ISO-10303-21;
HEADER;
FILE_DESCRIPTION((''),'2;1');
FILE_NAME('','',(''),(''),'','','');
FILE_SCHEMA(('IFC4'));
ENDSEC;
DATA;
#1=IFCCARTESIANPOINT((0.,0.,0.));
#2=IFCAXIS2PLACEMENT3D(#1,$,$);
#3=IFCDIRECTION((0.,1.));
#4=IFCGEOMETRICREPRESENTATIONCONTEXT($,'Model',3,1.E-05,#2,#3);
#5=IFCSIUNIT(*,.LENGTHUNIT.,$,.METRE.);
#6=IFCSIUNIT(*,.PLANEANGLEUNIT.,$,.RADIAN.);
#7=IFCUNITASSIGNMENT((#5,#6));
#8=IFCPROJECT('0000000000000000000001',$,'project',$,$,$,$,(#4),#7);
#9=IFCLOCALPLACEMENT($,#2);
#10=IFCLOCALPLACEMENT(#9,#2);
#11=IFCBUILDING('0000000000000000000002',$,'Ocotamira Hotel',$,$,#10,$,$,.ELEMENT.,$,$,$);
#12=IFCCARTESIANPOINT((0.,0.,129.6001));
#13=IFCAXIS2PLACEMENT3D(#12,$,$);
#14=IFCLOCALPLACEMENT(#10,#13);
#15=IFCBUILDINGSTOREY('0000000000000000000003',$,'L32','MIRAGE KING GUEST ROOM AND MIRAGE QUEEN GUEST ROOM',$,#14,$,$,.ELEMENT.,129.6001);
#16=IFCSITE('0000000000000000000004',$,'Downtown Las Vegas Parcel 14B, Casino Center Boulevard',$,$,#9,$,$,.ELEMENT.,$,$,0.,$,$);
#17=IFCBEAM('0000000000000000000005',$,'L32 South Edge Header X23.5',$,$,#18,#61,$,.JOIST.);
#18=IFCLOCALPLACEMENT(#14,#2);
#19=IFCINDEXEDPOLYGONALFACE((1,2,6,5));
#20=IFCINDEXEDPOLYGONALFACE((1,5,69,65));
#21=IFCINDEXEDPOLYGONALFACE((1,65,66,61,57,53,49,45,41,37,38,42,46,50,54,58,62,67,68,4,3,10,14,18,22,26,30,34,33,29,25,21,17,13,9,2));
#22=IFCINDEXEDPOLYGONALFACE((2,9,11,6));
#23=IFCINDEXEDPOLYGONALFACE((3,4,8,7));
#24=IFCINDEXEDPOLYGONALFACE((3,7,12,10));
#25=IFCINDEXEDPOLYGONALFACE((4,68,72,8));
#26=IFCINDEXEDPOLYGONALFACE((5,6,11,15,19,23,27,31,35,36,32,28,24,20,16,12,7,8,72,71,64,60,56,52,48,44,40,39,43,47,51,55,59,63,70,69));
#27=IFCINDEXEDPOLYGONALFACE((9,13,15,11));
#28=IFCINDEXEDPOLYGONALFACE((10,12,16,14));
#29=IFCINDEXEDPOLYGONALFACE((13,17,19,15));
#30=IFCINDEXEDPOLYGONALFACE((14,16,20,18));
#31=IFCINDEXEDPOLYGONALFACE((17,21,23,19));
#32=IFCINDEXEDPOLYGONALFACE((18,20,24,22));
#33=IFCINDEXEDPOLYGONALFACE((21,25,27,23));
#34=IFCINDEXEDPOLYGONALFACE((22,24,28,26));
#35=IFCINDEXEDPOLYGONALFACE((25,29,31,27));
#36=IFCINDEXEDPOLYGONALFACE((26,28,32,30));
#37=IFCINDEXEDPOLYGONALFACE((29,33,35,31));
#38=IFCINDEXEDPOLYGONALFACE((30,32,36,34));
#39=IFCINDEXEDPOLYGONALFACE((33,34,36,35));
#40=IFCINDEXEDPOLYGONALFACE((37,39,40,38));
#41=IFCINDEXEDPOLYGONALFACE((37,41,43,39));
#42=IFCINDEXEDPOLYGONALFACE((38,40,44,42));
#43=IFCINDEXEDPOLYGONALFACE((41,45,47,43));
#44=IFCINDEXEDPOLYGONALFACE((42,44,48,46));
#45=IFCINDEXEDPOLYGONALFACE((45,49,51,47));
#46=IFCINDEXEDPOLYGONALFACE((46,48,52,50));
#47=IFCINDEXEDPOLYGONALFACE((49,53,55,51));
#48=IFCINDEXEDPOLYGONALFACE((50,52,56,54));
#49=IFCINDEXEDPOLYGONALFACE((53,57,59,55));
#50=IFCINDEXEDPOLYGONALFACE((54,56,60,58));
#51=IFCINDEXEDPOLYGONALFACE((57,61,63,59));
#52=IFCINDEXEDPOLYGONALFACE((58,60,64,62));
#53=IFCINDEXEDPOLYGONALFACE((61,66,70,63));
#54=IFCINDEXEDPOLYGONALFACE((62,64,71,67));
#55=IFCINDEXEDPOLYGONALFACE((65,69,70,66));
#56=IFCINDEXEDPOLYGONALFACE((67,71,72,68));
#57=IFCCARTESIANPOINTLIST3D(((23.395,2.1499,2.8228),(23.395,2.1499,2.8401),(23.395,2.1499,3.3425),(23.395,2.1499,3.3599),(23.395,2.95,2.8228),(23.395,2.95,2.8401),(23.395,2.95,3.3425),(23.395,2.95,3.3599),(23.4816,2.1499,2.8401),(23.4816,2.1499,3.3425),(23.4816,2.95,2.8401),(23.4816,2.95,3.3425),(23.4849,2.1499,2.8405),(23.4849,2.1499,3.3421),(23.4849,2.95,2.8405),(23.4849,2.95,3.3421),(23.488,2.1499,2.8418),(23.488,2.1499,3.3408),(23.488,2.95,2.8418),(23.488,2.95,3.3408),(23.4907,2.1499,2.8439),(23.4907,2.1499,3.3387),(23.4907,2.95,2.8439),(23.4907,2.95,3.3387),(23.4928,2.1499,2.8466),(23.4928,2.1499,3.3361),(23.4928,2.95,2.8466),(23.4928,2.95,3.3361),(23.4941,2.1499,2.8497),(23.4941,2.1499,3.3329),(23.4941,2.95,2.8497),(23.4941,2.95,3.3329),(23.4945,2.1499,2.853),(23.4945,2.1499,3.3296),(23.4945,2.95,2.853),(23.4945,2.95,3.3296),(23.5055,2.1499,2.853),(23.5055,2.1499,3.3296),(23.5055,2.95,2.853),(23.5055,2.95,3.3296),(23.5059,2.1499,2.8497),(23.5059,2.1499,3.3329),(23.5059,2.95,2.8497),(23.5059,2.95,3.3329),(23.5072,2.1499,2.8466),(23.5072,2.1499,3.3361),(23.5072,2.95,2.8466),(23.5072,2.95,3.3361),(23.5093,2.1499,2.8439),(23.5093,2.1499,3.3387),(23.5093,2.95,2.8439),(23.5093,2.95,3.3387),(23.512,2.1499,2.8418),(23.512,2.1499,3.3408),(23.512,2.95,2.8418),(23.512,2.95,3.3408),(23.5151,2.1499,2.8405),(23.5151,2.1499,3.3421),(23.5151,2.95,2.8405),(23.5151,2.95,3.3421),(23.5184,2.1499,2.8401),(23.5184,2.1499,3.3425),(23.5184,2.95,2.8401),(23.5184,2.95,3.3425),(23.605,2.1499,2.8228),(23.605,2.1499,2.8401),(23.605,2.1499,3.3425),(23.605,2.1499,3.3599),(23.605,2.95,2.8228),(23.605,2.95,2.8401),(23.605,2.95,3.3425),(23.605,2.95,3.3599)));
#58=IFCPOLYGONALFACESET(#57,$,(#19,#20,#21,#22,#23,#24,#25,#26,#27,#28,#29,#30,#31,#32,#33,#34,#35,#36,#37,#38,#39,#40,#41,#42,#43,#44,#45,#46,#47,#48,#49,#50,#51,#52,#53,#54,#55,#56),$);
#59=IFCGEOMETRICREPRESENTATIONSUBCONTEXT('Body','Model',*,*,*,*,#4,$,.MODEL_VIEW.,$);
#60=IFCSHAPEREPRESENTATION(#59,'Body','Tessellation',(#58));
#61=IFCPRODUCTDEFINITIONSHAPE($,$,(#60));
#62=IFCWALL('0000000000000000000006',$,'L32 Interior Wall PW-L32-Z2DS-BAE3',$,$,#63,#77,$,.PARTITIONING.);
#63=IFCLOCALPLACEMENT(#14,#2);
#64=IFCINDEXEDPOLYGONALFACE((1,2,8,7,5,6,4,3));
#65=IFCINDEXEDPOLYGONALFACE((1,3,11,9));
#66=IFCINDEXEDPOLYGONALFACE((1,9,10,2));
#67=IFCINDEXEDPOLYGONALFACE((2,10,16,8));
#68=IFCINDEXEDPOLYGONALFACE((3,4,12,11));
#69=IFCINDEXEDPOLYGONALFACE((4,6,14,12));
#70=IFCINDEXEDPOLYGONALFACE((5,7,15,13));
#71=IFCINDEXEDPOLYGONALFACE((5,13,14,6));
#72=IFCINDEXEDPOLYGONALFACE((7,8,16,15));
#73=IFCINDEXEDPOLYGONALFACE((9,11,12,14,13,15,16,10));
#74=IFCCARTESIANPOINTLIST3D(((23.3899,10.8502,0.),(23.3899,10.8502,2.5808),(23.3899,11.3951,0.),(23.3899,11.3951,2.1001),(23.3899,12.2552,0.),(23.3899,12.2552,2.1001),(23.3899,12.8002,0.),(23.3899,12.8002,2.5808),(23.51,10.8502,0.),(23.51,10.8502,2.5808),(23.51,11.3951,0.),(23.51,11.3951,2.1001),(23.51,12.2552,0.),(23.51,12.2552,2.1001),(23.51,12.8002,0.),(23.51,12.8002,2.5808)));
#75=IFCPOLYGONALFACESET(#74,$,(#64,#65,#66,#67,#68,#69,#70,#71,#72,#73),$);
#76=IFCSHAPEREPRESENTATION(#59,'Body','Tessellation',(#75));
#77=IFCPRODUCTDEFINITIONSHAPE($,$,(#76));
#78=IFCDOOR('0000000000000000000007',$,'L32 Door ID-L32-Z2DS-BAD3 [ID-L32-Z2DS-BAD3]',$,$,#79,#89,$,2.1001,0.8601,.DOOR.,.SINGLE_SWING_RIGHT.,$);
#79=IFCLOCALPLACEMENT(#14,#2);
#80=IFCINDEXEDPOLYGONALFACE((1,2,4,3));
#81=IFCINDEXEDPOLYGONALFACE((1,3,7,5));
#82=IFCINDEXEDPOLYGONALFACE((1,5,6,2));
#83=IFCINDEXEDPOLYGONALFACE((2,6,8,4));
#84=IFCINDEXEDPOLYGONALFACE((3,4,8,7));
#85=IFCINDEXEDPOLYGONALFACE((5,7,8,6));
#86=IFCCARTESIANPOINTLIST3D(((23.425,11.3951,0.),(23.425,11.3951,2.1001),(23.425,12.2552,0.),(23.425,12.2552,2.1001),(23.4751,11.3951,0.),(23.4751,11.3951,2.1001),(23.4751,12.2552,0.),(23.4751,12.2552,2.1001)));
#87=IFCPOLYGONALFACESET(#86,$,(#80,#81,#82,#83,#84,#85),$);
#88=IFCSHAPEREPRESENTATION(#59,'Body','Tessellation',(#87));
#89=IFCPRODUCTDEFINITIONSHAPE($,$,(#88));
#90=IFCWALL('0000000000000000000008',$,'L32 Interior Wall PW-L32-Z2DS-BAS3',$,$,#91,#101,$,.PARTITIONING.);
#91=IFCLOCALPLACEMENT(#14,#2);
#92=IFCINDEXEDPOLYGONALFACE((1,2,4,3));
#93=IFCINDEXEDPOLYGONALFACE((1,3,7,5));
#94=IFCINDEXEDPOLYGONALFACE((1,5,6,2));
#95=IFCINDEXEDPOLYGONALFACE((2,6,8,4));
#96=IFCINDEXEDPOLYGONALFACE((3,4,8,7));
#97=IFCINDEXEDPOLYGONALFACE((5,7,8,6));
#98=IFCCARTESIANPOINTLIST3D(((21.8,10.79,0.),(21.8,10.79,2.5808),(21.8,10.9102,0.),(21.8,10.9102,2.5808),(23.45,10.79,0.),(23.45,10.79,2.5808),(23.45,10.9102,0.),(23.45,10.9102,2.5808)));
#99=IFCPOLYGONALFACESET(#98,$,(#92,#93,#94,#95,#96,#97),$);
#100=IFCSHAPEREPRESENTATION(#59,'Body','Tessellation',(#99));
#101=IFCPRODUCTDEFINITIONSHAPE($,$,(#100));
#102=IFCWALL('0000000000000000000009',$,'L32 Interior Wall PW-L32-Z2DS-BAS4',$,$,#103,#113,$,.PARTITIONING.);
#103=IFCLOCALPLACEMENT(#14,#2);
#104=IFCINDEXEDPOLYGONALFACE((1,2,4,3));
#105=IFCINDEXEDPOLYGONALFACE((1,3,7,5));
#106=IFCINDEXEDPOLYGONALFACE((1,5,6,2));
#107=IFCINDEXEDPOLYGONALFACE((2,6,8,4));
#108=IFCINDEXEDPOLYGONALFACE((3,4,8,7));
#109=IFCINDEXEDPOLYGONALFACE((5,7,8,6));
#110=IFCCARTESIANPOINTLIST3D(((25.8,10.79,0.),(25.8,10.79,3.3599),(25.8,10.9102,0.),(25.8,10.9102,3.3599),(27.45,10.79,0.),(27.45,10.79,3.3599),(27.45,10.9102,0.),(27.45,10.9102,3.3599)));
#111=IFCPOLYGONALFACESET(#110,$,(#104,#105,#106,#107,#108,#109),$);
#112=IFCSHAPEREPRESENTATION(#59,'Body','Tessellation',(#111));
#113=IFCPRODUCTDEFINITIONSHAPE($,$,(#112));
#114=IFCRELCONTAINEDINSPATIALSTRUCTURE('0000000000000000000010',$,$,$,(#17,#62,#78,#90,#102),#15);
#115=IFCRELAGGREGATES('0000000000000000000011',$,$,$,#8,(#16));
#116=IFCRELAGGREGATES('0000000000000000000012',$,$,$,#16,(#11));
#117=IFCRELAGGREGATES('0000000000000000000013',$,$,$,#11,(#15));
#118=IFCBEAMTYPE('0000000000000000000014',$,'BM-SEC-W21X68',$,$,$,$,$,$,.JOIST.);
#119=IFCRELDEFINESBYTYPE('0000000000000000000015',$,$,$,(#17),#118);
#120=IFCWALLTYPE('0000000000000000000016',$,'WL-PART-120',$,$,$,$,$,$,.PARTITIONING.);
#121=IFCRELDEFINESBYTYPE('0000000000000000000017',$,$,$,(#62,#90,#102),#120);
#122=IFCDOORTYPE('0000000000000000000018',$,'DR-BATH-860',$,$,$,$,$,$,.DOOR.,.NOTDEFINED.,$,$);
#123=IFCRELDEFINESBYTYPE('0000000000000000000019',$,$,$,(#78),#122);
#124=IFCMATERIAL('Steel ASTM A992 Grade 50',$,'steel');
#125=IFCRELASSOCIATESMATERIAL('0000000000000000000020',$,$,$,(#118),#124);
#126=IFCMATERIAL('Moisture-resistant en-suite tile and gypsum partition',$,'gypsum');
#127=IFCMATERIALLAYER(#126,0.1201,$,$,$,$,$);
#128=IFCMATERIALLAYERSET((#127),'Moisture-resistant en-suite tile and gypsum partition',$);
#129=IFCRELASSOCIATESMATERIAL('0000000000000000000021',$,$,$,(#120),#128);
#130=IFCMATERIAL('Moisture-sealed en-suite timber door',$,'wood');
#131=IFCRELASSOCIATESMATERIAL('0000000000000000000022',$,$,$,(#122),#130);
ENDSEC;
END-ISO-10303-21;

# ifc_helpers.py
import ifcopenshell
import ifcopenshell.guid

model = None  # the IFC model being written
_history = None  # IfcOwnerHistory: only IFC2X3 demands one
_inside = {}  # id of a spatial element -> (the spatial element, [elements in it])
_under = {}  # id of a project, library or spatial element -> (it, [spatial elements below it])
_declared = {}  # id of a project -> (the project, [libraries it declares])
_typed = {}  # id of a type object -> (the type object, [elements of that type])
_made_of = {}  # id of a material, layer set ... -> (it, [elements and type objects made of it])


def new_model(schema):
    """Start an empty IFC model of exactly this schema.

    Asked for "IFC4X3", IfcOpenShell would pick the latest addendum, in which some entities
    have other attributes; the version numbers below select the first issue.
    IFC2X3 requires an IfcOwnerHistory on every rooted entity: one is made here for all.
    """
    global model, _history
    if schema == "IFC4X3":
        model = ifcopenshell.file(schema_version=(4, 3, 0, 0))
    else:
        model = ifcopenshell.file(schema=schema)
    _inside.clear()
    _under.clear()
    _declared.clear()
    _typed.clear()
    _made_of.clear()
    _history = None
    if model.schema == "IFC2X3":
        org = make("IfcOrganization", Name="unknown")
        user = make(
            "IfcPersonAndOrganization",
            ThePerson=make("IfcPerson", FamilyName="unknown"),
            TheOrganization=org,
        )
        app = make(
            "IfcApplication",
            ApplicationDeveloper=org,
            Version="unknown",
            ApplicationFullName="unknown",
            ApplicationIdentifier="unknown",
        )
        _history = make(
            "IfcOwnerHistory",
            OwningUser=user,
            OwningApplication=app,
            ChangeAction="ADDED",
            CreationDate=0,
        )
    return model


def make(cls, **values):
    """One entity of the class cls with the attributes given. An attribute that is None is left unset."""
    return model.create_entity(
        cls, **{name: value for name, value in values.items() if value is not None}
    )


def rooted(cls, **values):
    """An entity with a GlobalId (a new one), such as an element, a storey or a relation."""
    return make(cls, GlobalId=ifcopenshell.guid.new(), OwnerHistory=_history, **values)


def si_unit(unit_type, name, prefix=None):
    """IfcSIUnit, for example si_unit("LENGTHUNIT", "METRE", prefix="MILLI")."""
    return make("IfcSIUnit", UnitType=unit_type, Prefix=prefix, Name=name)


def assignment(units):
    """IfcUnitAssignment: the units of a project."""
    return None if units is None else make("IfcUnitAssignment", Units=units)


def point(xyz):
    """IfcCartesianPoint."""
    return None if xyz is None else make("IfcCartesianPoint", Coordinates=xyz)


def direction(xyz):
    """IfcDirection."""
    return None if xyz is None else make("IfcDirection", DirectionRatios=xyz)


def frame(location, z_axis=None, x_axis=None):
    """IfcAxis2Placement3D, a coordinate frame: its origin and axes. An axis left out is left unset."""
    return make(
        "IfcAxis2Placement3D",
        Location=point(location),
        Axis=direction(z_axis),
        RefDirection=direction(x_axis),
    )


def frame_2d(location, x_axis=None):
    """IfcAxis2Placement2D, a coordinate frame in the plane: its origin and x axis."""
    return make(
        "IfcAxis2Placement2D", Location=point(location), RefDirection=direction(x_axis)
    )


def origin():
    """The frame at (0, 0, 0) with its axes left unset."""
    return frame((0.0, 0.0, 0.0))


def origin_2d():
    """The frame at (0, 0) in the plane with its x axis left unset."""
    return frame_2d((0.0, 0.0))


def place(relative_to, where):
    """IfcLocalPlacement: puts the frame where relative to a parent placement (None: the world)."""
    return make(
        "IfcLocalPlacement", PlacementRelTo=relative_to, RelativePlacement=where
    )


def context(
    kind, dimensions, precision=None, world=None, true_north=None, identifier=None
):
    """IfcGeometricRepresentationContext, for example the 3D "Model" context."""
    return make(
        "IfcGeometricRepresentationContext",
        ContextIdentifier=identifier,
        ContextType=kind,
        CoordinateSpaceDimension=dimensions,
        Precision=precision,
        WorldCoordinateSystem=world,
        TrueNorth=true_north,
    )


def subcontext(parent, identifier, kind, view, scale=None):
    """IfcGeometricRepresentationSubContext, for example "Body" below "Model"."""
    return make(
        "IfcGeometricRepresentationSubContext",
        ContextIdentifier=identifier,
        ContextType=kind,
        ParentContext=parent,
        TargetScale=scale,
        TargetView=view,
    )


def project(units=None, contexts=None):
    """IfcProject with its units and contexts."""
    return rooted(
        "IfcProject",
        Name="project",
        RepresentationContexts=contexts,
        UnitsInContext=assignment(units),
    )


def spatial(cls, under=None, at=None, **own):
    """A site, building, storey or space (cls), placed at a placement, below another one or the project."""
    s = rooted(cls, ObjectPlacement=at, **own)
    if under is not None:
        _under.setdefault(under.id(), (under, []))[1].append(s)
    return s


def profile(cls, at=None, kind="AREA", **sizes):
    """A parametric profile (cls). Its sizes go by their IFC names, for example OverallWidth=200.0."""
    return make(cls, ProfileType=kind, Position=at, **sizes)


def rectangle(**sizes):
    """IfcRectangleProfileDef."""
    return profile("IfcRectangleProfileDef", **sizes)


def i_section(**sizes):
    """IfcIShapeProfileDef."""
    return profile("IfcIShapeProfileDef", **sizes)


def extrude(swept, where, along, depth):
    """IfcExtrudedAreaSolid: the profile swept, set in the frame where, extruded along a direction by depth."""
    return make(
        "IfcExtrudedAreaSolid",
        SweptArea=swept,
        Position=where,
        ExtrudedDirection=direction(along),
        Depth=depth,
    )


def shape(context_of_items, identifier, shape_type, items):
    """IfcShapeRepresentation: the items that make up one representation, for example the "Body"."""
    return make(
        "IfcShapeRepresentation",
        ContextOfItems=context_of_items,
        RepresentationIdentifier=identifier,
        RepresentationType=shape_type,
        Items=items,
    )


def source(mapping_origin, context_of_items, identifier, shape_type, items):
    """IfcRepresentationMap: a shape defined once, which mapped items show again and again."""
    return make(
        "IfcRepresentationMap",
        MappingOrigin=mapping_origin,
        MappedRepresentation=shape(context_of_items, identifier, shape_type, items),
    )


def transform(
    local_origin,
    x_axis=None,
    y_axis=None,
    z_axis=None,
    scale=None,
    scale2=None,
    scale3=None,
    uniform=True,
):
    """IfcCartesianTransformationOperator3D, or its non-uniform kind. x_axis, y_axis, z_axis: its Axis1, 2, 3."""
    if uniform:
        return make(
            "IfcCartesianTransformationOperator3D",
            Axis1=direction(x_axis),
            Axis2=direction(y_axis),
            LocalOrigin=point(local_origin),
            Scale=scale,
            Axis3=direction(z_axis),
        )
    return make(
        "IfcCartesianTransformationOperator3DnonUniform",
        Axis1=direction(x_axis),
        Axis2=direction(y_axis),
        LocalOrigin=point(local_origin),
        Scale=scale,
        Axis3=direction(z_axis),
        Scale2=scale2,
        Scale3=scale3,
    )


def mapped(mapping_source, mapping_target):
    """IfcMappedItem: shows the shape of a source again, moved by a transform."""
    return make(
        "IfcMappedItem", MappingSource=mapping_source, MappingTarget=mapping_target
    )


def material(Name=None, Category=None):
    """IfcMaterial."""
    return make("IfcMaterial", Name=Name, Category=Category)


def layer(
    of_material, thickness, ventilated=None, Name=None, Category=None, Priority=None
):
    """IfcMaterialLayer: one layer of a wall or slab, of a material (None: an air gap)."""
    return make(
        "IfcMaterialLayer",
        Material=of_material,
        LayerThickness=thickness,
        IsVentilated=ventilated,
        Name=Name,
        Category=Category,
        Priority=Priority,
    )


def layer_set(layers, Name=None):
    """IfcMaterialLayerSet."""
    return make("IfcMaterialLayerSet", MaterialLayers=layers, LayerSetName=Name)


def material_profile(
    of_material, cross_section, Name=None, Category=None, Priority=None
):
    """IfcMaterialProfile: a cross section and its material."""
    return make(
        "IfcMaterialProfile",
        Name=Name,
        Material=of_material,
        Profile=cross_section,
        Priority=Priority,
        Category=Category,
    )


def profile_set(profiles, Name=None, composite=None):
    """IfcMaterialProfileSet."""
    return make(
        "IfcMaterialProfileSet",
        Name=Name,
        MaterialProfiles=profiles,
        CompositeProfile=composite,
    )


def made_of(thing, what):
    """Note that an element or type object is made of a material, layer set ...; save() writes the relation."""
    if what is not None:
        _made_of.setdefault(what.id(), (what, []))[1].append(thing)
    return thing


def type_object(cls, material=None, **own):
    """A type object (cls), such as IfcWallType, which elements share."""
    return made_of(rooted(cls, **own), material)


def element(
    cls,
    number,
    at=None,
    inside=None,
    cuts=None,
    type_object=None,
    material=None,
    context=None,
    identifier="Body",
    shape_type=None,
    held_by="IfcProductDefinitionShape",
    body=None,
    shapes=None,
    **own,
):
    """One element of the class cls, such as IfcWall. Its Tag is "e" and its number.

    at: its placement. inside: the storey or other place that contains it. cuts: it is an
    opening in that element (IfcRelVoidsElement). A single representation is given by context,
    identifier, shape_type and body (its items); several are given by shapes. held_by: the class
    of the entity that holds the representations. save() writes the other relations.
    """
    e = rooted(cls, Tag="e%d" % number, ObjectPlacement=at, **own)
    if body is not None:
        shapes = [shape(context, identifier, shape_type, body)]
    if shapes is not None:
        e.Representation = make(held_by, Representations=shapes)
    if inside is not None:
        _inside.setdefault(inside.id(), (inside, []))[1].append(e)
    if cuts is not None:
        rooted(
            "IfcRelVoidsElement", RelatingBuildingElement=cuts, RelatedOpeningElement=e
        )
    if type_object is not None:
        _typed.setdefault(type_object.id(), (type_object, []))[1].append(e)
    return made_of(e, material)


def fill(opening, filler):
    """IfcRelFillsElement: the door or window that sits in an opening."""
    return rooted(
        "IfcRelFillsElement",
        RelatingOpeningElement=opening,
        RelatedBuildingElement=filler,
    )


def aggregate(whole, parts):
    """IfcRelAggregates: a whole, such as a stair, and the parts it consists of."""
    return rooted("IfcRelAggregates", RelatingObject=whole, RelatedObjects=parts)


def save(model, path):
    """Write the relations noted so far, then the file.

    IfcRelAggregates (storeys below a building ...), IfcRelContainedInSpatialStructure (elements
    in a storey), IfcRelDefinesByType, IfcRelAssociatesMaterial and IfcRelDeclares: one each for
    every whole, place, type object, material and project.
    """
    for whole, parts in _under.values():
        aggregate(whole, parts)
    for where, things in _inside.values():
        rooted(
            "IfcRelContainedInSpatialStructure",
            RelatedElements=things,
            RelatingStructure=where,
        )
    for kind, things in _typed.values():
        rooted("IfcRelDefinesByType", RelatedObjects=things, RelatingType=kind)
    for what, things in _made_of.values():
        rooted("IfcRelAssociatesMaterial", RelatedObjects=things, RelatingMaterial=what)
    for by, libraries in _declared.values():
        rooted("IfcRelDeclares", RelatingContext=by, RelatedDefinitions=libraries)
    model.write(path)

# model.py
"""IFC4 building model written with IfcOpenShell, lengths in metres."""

from ifc_helpers import new_model, si_unit, direction, frame, frame_2d, origin, origin_2d, place, context, subcontext, project, spatial, rectangle, i_section, extrude, source, transform, mapped, material, layer, layer_set, material_profile, profile_set, type_object, element, fill, save


model = new_model("IFC4")

# Units and contexts
model_context = context("Model", 3, precision=1e-05, world=origin(), true_north=direction((0.0, 1.0)))
body_context = subcontext(model_context, "Body", "Model", "MODEL_VIEW")
ifc_project = project(units=[si_unit("LENGTHUNIT", "METRE"), si_unit("PLANEANGLEUNIT", "RADIAN")], contexts=[model_context])

# Site, building, storey
site_placement = place(None, origin())
site = spatial("IfcSite", under=ifc_project, at=site_placement, Name="Downtown Las Vegas Parcel 14B, Casino Center Boulevard", CompositionType="ELEMENT", RefElevation=0.0)
building_placement = place(site_placement, origin())
building = spatial("IfcBuilding", under=site, at=building_placement, Name="Ocotamira Hotel", CompositionType="ELEMENT")
storey_placement = place(building_placement, frame((0.0, 0.0, 129.6001)))
storey = spatial("IfcBuildingStorey", under=building, at=storey_placement, Name="L32", Description="MIRAGE KING GUEST ROOM AND MIRAGE QUEEN GUEST ROOM", CompositionType="ELEMENT", Elevation=129.6001)

# Beam
ifc_material_1 = material(Name="Steel ASTM A992 Grade 50", Category="steel")
ifc_material_profile_1 = material_profile(ifc_material_1, i_section(OverallWidth=0.21, OverallDepth=0.5371, WebThickness=0.011, FlangeThickness=0.0173, FilletRadius=0.0129, at=origin_2d()), Name="W21X68")
ifc_profile_set_1 = profile_set([ifc_material_profile_1], Name="Steel ASTM A992 Grade 50")
beam_type_1 = type_object("IfcBeamType", Name="BM-SEC-W21X68", PredefinedType="JOIST", material=ifc_profile_set_1)
shared_shape_1 = source(origin(), body_context, "Body", "SweptSolid", [
    extrude(i_section(OverallWidth=0.21, OverallDepth=0.5371, WebThickness=0.011, FlangeThickness=0.0173, FilletRadius=0.0129, at=origin_2d()), origin(), (0.0, 0.0, 1.0), 0.8),
])
beam_1_placement = place(storey_placement, frame((23.5, 2.95, 3.0913), z_axis=(0.0, -1.0, 0.0), x_axis=(1.0, 0.0, 0.0)))
element("IfcBeam", 1, at=beam_1_placement, inside=storey, type_object=beam_type_1, Name="L32 South Edge Header X23.5", PredefinedType="JOIST", context=body_context, shape_type="MappedRepresentation", body=[
    mapped(shared_shape_1, transform((0.0, 0.0, 0.0), scale=1.0)),
])

# Wall, opening, door
ifc_material_2 = material(Name="Moisture-resistant en-suite tile and gypsum partition", Category="gypsum")
ifc_layer = layer(ifc_material_2, 0.1201)
ifc_layer_set = layer_set([ifc_layer], Name="Moisture-resistant en-suite tile and gypsum partition")
wall_type = type_object("IfcWallType", Name="WL-PART-120", PredefinedType="PARTITIONING", material=ifc_layer_set)
wall_1_placement = place(storey_placement, frame((23.45, 10.8501, 0.0), z_axis=(0.0, 0.0, 1.0), x_axis=(0.0, 1.0, 0.0)))
wall_1 = element("IfcWall", 2, at=wall_1_placement, inside=storey, type_object=wall_type, Name="L32 Interior Wall PW-L32-Z2DS-BAE3", PredefinedType="PARTITIONING", context=body_context, shape_type="SweptSolid", body=[
    extrude(rectangle(XDim=1.95, YDim=0.1201, at=frame_2d((0.9751, 0.0))), origin(), (0.0, 0.0, 1.0), 2.5808),
])
opening_placement = place(wall_1_placement, frame((0.5449, 0.0, 0.0)))
opening = element("IfcOpeningElement", 3, at=opening_placement, cuts=wall_1, PredefinedType="OPENING", context=body_context, shape_type="SweptSolid", body=[
    extrude(rectangle(XDim=0.8601, YDim=2.1001, at=frame_2d((0.4302, 1.05))), frame((0.0, 0.0701, 0.0), z_axis=(0.0, -1.0, 0.0), x_axis=(1.0, 0.0, 0.0)), (0.0, 0.0, 1.0), 0.1401),
])
ifc_material_3 = material(Name="Moisture-sealed en-suite timber door", Category="wood")
door_type = type_object("IfcDoorType", Name="DR-BATH-860", OperationType="NOTDEFINED", PredefinedType="DOOR", material=ifc_material_3)
shared_shape_2 = source(origin(), body_context, "Body", "SweptSolid", [
    extrude(rectangle(XDim=0.8601, YDim=2.1001, at=frame_2d((0.4302, 1.05))), frame((0.0, 0.0249, 0.0), z_axis=(0.0, -1.0, 0.0), x_axis=(1.0, 0.0, 0.0)), (0.0, 0.0, 1.0), 0.05),
])
door_placement = place(opening_placement, origin())
door = element("IfcDoor", 4, at=door_placement, inside=storey, type_object=door_type, Name="L32 Door ID-L32-Z2DS-BAD3 [ID-L32-Z2DS-BAD3]", OperationType="SINGLE_SWING_RIGHT", OverallHeight=2.1001, OverallWidth=0.8601, PredefinedType="DOOR", context=body_context, shape_type="MappedRepresentation", body=[
    mapped(shared_shape_2, transform((0.0, 0.0, 0.0), scale=1.0)),
])
fill(opening, door)

# Walls
wall_2_placement = place(storey_placement, frame((21.8, 10.8501, 0.0), z_axis=(0.0, 0.0, 1.0), x_axis=(1.0, 0.0, 0.0)))
element("IfcWall", 5, at=wall_2_placement, inside=storey, type_object=wall_type, Name="L32 Interior Wall PW-L32-Z2DS-BAS3", PredefinedType="PARTITIONING", context=body_context, shape_type="SweptSolid", body=[
    extrude(rectangle(XDim=1.6499, YDim=0.1201, at=frame_2d((0.825, 0.0))), origin(), (0.0, 0.0, 1.0), 2.5808),
])
wall_3_placement = place(storey_placement, frame((25.8, 10.8501, 0.0), z_axis=(0.0, 0.0, 1.0), x_axis=(1.0, 0.0, 0.0)))
element("IfcWall", 6, at=wall_3_placement, inside=storey, type_object=wall_type, Name="L32 Interior Wall PW-L32-Z2DS-BAS4", PredefinedType="PARTITIONING", context=body_context, shape_type="SweptSolid", body=[
    extrude(rectangle(XDim=1.6499, YDim=0.1201, at=frame_2d((0.825, 0.0))), origin(), (0.0, 0.0, 1.0), 3.3599),
])

save(model, "model.ifc")
